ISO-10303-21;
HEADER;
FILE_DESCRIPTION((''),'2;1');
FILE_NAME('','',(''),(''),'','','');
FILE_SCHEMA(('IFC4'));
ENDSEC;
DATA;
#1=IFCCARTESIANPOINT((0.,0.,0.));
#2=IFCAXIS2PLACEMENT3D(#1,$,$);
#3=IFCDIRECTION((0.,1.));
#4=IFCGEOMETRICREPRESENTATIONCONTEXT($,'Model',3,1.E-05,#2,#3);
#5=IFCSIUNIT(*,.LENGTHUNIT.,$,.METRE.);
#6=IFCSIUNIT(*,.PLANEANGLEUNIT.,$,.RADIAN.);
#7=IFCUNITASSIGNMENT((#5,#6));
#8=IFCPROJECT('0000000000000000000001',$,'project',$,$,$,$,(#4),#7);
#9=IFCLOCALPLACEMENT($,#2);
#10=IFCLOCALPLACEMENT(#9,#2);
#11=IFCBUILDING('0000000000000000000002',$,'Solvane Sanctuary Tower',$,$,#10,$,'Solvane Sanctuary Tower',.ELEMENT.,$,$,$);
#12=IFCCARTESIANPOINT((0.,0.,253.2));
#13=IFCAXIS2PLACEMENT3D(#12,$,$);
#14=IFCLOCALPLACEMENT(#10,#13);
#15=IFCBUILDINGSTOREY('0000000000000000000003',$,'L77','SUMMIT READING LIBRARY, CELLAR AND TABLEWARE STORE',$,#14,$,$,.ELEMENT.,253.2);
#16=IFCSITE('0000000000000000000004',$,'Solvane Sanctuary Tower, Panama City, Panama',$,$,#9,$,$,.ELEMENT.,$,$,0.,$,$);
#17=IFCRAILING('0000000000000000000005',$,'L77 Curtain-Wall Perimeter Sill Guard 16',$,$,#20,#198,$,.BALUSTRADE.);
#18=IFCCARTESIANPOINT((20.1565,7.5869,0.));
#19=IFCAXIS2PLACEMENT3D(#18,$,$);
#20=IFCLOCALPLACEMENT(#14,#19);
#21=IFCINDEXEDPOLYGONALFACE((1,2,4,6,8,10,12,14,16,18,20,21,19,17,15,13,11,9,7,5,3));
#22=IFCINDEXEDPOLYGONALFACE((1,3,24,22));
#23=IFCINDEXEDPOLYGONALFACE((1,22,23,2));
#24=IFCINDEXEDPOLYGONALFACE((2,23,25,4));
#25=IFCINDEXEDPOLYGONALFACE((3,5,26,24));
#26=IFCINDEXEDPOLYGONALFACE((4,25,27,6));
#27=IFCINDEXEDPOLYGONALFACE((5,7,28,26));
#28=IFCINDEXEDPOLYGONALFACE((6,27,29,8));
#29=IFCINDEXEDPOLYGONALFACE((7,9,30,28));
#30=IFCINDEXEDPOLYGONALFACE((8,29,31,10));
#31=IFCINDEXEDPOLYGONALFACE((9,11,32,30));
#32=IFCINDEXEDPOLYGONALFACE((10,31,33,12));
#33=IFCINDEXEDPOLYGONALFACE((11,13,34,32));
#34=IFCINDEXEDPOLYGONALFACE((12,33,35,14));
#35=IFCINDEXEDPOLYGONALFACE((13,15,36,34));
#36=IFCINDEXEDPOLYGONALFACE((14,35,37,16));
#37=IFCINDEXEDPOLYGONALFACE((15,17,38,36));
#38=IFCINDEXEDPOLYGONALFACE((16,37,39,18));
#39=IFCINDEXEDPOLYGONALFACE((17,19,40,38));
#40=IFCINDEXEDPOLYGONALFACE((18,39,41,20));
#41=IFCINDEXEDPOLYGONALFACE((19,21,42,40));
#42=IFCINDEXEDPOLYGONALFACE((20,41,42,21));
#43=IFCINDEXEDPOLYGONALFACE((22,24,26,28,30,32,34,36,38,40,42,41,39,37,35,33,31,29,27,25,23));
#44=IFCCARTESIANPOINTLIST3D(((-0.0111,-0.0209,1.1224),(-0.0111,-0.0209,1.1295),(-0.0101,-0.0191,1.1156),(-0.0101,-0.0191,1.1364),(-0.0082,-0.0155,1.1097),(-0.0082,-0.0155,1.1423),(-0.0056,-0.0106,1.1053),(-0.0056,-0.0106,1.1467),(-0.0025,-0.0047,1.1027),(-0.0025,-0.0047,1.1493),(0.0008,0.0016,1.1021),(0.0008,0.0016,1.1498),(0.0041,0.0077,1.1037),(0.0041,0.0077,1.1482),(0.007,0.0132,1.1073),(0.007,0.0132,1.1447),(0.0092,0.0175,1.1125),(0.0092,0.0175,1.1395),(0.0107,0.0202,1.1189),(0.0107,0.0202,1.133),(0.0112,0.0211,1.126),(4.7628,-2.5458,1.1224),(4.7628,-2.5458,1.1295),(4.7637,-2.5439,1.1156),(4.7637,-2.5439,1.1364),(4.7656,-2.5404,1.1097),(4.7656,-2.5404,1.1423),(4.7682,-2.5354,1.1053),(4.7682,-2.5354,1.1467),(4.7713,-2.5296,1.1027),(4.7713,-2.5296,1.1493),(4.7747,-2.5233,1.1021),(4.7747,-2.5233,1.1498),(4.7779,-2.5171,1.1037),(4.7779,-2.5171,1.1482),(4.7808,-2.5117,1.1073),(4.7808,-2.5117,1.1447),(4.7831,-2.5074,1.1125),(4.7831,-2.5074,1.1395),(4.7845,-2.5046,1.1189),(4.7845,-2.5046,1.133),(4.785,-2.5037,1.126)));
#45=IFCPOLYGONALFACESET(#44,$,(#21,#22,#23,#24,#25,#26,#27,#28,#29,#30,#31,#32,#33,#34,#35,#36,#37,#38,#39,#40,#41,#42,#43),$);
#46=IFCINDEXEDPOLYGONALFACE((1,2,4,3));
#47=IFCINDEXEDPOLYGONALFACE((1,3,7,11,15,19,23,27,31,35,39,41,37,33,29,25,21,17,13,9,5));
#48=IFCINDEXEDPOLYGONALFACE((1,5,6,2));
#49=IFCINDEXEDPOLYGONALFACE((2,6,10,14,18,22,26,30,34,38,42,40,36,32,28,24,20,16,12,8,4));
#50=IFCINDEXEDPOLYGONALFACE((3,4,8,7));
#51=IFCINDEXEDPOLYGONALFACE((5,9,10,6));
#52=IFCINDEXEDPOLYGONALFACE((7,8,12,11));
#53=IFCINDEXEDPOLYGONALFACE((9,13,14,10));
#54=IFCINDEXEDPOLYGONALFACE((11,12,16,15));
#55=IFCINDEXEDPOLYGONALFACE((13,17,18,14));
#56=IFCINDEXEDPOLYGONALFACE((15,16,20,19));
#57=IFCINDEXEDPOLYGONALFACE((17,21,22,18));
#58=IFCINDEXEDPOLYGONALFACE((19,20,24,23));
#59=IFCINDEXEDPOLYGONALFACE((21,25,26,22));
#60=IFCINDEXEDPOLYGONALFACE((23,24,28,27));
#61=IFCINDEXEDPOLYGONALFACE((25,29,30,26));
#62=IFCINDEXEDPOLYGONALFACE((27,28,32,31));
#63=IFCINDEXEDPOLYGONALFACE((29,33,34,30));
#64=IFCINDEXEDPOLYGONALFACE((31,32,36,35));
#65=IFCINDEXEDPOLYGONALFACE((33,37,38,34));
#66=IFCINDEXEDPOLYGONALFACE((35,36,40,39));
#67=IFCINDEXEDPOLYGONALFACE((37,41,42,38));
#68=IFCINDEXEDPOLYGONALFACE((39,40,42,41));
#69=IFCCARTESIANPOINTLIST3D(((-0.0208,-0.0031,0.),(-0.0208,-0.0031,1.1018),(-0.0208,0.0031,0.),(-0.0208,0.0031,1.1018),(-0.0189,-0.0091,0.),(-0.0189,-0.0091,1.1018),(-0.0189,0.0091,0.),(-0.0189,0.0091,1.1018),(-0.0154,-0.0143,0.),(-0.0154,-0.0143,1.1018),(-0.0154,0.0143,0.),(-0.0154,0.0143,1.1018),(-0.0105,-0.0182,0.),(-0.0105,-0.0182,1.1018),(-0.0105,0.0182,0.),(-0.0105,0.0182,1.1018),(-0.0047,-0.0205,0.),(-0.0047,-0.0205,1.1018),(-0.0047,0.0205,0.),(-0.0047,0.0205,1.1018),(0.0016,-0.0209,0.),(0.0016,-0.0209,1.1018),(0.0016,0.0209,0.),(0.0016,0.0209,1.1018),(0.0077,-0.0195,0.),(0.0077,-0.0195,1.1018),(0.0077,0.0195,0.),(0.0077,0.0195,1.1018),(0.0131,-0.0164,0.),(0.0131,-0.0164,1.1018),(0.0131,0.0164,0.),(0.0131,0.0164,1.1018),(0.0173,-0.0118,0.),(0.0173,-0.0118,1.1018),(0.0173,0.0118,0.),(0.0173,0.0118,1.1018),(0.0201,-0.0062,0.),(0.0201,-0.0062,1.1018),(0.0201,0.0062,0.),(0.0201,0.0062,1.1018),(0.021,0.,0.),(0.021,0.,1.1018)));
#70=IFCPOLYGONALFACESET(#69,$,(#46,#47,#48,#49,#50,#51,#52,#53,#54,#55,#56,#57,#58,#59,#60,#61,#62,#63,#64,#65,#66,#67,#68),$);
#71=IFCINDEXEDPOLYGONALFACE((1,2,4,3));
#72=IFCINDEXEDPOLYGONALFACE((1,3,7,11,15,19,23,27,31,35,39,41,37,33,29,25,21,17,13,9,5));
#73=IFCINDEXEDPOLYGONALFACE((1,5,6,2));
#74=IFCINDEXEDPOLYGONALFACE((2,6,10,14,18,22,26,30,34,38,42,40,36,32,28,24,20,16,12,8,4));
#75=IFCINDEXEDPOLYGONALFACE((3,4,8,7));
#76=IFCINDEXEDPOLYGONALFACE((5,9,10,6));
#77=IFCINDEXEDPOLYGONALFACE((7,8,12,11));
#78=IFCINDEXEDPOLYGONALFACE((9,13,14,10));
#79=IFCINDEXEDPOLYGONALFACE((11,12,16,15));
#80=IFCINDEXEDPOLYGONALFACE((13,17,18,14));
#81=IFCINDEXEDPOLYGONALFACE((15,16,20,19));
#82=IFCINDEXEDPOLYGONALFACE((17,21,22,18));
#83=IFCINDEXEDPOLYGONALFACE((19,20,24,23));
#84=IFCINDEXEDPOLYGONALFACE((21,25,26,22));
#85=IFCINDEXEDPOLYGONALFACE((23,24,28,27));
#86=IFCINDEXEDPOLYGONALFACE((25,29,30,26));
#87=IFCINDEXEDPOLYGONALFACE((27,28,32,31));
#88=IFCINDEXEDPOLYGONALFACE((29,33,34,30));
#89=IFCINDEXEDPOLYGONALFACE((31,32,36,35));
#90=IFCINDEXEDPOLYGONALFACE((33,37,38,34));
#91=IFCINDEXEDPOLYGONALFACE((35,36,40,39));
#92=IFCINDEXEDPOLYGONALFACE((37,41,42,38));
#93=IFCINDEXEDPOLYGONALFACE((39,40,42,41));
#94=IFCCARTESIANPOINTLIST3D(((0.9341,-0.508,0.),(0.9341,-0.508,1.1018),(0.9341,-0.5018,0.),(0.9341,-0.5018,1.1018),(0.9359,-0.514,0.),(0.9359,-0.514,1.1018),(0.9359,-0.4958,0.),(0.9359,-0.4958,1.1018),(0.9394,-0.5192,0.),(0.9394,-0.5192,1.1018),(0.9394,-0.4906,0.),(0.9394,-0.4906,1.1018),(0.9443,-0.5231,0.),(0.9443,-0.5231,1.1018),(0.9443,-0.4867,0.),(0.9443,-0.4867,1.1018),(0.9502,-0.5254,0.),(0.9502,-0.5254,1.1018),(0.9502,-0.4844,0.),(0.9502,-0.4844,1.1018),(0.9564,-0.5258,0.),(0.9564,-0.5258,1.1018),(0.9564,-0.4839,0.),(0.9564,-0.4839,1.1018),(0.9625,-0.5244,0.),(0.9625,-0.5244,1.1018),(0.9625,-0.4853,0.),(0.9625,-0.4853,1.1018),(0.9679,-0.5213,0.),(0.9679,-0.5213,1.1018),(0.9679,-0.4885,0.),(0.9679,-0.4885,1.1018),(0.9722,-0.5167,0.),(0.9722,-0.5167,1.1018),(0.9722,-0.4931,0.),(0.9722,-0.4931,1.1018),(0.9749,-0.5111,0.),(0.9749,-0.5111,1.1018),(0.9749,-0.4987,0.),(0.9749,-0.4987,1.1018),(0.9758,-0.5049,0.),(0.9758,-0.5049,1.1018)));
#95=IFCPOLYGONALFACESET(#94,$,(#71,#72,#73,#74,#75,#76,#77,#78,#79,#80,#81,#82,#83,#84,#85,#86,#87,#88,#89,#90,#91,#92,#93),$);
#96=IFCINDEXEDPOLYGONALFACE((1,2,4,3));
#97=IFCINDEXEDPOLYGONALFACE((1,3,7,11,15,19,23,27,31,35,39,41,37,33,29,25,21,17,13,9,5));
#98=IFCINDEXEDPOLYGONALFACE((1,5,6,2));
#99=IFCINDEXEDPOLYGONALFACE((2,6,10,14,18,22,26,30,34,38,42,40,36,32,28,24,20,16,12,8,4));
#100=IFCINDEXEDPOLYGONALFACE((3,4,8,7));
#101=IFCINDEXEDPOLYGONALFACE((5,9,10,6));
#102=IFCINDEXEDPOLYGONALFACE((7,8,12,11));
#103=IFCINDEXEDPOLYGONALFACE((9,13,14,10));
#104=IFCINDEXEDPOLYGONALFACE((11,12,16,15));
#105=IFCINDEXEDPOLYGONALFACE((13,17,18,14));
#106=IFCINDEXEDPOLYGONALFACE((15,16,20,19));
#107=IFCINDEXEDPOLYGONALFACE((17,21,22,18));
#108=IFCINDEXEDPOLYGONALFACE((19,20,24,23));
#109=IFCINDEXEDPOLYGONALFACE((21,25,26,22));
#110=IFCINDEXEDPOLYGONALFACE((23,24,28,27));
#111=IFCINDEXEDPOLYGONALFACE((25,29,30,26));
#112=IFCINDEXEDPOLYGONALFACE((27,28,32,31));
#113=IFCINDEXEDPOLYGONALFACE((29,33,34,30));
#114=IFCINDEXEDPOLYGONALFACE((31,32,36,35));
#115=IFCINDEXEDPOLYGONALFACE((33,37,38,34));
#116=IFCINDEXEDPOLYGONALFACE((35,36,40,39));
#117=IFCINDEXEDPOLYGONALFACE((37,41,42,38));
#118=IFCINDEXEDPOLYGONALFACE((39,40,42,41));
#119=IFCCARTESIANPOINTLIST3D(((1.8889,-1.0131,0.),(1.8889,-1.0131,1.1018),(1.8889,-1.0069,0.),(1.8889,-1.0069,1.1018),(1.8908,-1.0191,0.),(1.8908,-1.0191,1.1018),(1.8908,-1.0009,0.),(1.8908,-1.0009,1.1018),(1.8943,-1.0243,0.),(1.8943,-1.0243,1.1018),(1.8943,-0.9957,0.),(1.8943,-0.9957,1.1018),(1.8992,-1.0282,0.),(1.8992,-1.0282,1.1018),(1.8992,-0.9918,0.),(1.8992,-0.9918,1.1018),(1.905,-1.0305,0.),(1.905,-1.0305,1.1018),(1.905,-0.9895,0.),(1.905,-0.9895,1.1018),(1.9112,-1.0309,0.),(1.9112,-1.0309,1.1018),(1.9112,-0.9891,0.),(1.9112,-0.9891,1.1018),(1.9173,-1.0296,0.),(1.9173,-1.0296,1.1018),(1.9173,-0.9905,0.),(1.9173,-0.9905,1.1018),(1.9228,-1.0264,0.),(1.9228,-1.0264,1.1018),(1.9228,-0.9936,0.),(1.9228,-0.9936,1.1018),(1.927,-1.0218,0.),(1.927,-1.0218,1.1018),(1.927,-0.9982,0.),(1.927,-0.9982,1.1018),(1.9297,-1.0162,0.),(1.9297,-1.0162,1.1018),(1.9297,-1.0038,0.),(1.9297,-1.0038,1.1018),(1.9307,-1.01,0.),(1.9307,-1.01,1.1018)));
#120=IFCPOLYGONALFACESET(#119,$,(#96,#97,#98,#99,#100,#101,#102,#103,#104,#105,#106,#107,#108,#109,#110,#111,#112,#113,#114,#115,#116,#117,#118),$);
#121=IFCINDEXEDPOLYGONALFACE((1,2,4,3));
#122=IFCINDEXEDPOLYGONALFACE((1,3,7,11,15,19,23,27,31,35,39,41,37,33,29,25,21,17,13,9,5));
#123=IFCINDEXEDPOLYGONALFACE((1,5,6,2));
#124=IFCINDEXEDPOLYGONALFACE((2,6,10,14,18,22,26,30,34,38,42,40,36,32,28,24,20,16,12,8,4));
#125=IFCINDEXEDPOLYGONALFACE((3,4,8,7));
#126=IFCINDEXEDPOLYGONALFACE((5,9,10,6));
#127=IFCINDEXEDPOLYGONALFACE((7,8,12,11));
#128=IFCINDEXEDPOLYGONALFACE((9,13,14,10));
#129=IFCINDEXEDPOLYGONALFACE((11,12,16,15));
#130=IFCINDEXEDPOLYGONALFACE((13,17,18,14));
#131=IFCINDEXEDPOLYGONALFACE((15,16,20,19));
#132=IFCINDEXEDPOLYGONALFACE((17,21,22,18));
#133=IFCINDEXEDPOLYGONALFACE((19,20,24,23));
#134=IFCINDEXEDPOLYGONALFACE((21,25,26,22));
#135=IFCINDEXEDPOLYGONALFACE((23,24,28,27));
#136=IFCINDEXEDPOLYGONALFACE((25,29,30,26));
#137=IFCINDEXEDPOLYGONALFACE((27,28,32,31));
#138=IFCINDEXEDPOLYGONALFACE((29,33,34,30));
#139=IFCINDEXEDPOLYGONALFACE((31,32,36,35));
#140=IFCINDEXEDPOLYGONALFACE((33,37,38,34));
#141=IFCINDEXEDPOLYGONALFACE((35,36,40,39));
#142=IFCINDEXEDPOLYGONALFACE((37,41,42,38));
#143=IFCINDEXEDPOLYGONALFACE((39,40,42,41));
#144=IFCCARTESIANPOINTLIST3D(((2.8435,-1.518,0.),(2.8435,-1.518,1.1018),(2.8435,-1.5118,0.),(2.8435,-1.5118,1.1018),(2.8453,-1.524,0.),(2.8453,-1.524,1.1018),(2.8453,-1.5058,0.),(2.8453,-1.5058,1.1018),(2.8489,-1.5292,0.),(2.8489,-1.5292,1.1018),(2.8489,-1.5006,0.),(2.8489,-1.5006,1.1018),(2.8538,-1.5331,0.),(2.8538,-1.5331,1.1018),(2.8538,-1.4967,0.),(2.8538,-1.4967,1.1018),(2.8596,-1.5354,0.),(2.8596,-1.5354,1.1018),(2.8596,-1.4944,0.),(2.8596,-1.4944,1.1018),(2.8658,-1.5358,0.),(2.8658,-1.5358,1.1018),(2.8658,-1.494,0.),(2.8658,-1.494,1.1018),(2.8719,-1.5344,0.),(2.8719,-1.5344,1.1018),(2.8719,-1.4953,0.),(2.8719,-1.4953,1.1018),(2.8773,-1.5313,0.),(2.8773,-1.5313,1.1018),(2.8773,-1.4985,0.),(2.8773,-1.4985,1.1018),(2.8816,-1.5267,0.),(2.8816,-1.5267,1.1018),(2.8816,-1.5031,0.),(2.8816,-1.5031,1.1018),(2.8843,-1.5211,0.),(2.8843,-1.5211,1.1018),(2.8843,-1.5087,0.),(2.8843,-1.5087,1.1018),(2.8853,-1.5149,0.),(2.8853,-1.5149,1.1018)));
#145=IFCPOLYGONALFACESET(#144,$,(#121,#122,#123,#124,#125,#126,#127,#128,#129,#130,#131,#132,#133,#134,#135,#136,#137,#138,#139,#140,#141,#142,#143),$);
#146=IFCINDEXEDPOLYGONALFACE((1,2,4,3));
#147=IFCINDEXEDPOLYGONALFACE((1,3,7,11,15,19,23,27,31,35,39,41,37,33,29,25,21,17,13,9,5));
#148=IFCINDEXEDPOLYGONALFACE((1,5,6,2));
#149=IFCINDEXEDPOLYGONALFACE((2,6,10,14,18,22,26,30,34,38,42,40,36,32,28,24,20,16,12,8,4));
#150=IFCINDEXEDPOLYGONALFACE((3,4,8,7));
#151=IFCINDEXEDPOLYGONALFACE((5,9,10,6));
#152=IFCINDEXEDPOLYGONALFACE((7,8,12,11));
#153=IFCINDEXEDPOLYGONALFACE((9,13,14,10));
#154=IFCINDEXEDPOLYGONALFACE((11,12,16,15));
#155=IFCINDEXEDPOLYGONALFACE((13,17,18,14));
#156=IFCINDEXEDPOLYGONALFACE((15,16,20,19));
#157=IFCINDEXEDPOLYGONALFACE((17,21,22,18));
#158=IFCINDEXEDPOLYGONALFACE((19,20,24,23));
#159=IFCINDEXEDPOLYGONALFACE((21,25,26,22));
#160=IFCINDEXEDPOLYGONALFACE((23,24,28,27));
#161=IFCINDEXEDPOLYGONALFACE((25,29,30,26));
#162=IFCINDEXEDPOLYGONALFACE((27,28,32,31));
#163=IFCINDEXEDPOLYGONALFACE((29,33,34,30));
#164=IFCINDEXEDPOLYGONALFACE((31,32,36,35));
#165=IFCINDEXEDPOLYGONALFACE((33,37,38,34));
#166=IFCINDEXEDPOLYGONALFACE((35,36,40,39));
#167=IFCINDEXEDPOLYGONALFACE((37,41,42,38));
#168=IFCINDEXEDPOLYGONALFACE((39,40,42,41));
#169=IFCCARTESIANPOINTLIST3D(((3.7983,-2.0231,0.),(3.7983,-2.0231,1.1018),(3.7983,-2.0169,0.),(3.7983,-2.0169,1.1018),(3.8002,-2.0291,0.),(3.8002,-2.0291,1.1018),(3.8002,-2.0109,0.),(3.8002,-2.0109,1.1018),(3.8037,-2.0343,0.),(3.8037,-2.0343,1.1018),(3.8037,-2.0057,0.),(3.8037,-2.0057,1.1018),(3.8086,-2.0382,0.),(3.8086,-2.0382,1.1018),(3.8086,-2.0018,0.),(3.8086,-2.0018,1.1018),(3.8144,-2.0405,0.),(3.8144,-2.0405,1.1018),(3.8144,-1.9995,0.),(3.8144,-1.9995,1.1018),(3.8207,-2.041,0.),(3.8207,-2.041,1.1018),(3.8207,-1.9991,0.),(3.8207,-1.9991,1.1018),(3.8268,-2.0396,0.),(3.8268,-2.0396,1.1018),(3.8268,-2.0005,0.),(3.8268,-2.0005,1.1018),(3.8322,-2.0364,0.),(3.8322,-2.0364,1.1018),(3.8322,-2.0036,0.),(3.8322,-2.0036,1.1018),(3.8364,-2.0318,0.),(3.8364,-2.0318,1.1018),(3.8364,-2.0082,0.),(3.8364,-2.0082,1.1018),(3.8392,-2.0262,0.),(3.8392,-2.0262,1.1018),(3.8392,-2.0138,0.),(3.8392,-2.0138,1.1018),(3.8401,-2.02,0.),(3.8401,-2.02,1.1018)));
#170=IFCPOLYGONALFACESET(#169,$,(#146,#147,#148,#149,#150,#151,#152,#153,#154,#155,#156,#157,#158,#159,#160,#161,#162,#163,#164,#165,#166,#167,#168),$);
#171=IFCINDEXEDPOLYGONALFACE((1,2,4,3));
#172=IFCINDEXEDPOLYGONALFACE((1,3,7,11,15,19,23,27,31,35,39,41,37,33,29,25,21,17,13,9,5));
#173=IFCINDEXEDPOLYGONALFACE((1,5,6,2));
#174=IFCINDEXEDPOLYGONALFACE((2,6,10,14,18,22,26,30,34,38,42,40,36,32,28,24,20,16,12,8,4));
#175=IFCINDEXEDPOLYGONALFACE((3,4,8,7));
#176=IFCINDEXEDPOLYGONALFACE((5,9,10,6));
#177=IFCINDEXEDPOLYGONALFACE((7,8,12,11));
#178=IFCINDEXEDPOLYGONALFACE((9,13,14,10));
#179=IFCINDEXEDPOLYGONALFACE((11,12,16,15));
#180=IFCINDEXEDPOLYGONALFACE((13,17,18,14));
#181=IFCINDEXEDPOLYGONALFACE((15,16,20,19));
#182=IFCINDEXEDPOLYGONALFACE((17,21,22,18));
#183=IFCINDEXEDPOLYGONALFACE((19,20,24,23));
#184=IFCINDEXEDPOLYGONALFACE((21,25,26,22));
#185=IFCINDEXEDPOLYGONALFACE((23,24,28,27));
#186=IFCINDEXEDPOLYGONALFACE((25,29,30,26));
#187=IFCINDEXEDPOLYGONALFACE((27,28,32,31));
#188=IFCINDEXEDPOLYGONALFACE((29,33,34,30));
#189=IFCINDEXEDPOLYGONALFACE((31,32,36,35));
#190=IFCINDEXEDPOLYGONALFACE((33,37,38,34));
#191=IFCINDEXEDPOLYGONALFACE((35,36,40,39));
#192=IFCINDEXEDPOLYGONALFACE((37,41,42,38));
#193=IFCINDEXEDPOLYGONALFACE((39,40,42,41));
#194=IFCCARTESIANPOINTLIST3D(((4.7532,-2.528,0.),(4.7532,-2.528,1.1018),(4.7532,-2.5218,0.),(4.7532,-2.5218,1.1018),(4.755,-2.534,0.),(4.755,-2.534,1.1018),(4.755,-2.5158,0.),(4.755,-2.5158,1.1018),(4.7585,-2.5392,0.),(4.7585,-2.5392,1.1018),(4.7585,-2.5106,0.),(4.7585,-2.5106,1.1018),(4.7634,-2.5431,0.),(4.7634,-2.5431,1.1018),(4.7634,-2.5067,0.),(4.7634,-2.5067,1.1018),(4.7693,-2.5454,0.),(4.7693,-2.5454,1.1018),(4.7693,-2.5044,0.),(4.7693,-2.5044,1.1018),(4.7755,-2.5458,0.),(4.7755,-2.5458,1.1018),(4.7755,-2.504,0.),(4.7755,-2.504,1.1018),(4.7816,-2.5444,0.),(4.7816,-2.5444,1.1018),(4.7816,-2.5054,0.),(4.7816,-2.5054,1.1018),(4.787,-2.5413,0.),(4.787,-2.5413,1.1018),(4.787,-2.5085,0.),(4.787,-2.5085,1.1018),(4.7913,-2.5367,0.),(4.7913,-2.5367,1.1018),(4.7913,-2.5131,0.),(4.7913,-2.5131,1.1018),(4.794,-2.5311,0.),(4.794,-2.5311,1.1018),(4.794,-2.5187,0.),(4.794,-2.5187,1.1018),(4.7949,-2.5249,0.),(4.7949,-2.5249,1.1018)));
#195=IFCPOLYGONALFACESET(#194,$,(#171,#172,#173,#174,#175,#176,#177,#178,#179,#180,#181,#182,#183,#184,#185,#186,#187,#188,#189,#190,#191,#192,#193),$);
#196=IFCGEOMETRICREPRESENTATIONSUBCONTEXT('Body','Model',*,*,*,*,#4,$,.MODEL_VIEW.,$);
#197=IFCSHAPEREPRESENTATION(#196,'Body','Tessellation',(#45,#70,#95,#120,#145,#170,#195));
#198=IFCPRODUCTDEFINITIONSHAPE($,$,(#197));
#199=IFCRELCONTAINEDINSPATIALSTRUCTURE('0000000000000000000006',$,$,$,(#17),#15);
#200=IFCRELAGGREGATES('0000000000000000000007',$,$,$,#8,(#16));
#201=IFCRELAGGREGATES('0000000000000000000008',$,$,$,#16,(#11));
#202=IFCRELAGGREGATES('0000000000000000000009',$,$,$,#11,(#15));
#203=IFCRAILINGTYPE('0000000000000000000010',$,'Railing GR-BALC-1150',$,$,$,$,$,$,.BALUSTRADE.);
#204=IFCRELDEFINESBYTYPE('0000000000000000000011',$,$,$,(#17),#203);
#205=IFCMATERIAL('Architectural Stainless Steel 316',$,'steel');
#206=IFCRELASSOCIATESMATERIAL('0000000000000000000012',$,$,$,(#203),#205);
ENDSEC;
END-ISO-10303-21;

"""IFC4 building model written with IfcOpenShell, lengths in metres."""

from ifc_helpers import new_model, si_unit, direction, frame, origin, origin_2d, place, context, subcontext, project, spatial, circle, extrude, material, type_object, element, save


model = new_model("IFC4")

# Units and contexts
model_context = context("Model", 3, precision=1e-05, world=origin(), true_north=direction((0.0, 1.0)))
body_context = subcontext(model_context, "Body", "Model", "MODEL_VIEW")
ifc_project = project(units=[si_unit("LENGTHUNIT", "METRE"), si_unit("PLANEANGLEUNIT", "RADIAN")], contexts=[model_context])

# Site, building, storey
site_placement = place(None, origin())
site = spatial("IfcSite", under=ifc_project, at=site_placement, Name="Solvane Sanctuary Tower, Panama City, Panama", CompositionType="ELEMENT", RefElevation=0.0)
building_placement = place(site_placement, origin())
building = spatial("IfcBuilding", under=site, at=building_placement, Name="Solvane Sanctuary Tower", LongName="Solvane Sanctuary Tower", CompositionType="ELEMENT")
storey_placement = place(building_placement, frame((0.0, 0.0, 253.2)))
storey = spatial("IfcBuildingStorey", under=building, at=storey_placement, Name="L77", Description="SUMMIT READING LIBRARY, CELLAR AND TABLEWARE STORE", CompositionType="ELEMENT", Elevation=253.2)

# Railing
ifc_material_1 = material(Name="Architectural Stainless Steel 316", Category="steel")
railing_type = type_object("IfcRailingType", Name="Railing GR-BALC-1150", PredefinedType="BALUSTRADE", material=ifc_material_1)
railing_placement = place(storey_placement, frame((20.1565, 7.5869, 0.0)))
element("IfcRailing", 1, at=railing_placement, inside=storey, type_object=railing_type, Name="L77 Curtain-Wall Perimeter Sill Guard 16", PredefinedType="BALUSTRADE", context=body_context, shape_type="SweptSolid", body=[
    extrude(circle(Radius=0.0239, at=origin_2d()), frame((0.0, 0.0, 1.126), z_axis=(0.883977, -0.46753, 0.0), x_axis=(0.46753, 0.883977, 0.0)), (0.0, 0.0, 1.0), 5.4004),
    extrude(circle(Radius=0.021, at=origin_2d()), origin(), (0.0, 0.0, 1.0), 1.1018),
    extrude(circle(Radius=0.021, at=origin_2d()), frame((0.9548, -0.5049, 0.0)), (0.0, 0.0, 1.0), 1.1018),
    extrude(circle(Radius=0.021, at=origin_2d()), frame((1.9097, -1.01, 0.0)), (0.0, 0.0, 1.0), 1.1018),
    extrude(circle(Radius=0.021, at=origin_2d()), frame((2.8643, -1.5149, 0.0)), (0.0, 0.0, 1.0), 1.1018),
    extrude(circle(Radius=0.021, at=origin_2d()), frame((3.8191, -2.02, 0.0)), (0.0, 0.0, 1.0), 1.1018),
    extrude(circle(Radius=0.021, at=origin_2d()), frame((4.7739, -2.5249, 0.0)), (0.0, 0.0, 1.0), 1.1018),
])

save(model, "model.ifc")
